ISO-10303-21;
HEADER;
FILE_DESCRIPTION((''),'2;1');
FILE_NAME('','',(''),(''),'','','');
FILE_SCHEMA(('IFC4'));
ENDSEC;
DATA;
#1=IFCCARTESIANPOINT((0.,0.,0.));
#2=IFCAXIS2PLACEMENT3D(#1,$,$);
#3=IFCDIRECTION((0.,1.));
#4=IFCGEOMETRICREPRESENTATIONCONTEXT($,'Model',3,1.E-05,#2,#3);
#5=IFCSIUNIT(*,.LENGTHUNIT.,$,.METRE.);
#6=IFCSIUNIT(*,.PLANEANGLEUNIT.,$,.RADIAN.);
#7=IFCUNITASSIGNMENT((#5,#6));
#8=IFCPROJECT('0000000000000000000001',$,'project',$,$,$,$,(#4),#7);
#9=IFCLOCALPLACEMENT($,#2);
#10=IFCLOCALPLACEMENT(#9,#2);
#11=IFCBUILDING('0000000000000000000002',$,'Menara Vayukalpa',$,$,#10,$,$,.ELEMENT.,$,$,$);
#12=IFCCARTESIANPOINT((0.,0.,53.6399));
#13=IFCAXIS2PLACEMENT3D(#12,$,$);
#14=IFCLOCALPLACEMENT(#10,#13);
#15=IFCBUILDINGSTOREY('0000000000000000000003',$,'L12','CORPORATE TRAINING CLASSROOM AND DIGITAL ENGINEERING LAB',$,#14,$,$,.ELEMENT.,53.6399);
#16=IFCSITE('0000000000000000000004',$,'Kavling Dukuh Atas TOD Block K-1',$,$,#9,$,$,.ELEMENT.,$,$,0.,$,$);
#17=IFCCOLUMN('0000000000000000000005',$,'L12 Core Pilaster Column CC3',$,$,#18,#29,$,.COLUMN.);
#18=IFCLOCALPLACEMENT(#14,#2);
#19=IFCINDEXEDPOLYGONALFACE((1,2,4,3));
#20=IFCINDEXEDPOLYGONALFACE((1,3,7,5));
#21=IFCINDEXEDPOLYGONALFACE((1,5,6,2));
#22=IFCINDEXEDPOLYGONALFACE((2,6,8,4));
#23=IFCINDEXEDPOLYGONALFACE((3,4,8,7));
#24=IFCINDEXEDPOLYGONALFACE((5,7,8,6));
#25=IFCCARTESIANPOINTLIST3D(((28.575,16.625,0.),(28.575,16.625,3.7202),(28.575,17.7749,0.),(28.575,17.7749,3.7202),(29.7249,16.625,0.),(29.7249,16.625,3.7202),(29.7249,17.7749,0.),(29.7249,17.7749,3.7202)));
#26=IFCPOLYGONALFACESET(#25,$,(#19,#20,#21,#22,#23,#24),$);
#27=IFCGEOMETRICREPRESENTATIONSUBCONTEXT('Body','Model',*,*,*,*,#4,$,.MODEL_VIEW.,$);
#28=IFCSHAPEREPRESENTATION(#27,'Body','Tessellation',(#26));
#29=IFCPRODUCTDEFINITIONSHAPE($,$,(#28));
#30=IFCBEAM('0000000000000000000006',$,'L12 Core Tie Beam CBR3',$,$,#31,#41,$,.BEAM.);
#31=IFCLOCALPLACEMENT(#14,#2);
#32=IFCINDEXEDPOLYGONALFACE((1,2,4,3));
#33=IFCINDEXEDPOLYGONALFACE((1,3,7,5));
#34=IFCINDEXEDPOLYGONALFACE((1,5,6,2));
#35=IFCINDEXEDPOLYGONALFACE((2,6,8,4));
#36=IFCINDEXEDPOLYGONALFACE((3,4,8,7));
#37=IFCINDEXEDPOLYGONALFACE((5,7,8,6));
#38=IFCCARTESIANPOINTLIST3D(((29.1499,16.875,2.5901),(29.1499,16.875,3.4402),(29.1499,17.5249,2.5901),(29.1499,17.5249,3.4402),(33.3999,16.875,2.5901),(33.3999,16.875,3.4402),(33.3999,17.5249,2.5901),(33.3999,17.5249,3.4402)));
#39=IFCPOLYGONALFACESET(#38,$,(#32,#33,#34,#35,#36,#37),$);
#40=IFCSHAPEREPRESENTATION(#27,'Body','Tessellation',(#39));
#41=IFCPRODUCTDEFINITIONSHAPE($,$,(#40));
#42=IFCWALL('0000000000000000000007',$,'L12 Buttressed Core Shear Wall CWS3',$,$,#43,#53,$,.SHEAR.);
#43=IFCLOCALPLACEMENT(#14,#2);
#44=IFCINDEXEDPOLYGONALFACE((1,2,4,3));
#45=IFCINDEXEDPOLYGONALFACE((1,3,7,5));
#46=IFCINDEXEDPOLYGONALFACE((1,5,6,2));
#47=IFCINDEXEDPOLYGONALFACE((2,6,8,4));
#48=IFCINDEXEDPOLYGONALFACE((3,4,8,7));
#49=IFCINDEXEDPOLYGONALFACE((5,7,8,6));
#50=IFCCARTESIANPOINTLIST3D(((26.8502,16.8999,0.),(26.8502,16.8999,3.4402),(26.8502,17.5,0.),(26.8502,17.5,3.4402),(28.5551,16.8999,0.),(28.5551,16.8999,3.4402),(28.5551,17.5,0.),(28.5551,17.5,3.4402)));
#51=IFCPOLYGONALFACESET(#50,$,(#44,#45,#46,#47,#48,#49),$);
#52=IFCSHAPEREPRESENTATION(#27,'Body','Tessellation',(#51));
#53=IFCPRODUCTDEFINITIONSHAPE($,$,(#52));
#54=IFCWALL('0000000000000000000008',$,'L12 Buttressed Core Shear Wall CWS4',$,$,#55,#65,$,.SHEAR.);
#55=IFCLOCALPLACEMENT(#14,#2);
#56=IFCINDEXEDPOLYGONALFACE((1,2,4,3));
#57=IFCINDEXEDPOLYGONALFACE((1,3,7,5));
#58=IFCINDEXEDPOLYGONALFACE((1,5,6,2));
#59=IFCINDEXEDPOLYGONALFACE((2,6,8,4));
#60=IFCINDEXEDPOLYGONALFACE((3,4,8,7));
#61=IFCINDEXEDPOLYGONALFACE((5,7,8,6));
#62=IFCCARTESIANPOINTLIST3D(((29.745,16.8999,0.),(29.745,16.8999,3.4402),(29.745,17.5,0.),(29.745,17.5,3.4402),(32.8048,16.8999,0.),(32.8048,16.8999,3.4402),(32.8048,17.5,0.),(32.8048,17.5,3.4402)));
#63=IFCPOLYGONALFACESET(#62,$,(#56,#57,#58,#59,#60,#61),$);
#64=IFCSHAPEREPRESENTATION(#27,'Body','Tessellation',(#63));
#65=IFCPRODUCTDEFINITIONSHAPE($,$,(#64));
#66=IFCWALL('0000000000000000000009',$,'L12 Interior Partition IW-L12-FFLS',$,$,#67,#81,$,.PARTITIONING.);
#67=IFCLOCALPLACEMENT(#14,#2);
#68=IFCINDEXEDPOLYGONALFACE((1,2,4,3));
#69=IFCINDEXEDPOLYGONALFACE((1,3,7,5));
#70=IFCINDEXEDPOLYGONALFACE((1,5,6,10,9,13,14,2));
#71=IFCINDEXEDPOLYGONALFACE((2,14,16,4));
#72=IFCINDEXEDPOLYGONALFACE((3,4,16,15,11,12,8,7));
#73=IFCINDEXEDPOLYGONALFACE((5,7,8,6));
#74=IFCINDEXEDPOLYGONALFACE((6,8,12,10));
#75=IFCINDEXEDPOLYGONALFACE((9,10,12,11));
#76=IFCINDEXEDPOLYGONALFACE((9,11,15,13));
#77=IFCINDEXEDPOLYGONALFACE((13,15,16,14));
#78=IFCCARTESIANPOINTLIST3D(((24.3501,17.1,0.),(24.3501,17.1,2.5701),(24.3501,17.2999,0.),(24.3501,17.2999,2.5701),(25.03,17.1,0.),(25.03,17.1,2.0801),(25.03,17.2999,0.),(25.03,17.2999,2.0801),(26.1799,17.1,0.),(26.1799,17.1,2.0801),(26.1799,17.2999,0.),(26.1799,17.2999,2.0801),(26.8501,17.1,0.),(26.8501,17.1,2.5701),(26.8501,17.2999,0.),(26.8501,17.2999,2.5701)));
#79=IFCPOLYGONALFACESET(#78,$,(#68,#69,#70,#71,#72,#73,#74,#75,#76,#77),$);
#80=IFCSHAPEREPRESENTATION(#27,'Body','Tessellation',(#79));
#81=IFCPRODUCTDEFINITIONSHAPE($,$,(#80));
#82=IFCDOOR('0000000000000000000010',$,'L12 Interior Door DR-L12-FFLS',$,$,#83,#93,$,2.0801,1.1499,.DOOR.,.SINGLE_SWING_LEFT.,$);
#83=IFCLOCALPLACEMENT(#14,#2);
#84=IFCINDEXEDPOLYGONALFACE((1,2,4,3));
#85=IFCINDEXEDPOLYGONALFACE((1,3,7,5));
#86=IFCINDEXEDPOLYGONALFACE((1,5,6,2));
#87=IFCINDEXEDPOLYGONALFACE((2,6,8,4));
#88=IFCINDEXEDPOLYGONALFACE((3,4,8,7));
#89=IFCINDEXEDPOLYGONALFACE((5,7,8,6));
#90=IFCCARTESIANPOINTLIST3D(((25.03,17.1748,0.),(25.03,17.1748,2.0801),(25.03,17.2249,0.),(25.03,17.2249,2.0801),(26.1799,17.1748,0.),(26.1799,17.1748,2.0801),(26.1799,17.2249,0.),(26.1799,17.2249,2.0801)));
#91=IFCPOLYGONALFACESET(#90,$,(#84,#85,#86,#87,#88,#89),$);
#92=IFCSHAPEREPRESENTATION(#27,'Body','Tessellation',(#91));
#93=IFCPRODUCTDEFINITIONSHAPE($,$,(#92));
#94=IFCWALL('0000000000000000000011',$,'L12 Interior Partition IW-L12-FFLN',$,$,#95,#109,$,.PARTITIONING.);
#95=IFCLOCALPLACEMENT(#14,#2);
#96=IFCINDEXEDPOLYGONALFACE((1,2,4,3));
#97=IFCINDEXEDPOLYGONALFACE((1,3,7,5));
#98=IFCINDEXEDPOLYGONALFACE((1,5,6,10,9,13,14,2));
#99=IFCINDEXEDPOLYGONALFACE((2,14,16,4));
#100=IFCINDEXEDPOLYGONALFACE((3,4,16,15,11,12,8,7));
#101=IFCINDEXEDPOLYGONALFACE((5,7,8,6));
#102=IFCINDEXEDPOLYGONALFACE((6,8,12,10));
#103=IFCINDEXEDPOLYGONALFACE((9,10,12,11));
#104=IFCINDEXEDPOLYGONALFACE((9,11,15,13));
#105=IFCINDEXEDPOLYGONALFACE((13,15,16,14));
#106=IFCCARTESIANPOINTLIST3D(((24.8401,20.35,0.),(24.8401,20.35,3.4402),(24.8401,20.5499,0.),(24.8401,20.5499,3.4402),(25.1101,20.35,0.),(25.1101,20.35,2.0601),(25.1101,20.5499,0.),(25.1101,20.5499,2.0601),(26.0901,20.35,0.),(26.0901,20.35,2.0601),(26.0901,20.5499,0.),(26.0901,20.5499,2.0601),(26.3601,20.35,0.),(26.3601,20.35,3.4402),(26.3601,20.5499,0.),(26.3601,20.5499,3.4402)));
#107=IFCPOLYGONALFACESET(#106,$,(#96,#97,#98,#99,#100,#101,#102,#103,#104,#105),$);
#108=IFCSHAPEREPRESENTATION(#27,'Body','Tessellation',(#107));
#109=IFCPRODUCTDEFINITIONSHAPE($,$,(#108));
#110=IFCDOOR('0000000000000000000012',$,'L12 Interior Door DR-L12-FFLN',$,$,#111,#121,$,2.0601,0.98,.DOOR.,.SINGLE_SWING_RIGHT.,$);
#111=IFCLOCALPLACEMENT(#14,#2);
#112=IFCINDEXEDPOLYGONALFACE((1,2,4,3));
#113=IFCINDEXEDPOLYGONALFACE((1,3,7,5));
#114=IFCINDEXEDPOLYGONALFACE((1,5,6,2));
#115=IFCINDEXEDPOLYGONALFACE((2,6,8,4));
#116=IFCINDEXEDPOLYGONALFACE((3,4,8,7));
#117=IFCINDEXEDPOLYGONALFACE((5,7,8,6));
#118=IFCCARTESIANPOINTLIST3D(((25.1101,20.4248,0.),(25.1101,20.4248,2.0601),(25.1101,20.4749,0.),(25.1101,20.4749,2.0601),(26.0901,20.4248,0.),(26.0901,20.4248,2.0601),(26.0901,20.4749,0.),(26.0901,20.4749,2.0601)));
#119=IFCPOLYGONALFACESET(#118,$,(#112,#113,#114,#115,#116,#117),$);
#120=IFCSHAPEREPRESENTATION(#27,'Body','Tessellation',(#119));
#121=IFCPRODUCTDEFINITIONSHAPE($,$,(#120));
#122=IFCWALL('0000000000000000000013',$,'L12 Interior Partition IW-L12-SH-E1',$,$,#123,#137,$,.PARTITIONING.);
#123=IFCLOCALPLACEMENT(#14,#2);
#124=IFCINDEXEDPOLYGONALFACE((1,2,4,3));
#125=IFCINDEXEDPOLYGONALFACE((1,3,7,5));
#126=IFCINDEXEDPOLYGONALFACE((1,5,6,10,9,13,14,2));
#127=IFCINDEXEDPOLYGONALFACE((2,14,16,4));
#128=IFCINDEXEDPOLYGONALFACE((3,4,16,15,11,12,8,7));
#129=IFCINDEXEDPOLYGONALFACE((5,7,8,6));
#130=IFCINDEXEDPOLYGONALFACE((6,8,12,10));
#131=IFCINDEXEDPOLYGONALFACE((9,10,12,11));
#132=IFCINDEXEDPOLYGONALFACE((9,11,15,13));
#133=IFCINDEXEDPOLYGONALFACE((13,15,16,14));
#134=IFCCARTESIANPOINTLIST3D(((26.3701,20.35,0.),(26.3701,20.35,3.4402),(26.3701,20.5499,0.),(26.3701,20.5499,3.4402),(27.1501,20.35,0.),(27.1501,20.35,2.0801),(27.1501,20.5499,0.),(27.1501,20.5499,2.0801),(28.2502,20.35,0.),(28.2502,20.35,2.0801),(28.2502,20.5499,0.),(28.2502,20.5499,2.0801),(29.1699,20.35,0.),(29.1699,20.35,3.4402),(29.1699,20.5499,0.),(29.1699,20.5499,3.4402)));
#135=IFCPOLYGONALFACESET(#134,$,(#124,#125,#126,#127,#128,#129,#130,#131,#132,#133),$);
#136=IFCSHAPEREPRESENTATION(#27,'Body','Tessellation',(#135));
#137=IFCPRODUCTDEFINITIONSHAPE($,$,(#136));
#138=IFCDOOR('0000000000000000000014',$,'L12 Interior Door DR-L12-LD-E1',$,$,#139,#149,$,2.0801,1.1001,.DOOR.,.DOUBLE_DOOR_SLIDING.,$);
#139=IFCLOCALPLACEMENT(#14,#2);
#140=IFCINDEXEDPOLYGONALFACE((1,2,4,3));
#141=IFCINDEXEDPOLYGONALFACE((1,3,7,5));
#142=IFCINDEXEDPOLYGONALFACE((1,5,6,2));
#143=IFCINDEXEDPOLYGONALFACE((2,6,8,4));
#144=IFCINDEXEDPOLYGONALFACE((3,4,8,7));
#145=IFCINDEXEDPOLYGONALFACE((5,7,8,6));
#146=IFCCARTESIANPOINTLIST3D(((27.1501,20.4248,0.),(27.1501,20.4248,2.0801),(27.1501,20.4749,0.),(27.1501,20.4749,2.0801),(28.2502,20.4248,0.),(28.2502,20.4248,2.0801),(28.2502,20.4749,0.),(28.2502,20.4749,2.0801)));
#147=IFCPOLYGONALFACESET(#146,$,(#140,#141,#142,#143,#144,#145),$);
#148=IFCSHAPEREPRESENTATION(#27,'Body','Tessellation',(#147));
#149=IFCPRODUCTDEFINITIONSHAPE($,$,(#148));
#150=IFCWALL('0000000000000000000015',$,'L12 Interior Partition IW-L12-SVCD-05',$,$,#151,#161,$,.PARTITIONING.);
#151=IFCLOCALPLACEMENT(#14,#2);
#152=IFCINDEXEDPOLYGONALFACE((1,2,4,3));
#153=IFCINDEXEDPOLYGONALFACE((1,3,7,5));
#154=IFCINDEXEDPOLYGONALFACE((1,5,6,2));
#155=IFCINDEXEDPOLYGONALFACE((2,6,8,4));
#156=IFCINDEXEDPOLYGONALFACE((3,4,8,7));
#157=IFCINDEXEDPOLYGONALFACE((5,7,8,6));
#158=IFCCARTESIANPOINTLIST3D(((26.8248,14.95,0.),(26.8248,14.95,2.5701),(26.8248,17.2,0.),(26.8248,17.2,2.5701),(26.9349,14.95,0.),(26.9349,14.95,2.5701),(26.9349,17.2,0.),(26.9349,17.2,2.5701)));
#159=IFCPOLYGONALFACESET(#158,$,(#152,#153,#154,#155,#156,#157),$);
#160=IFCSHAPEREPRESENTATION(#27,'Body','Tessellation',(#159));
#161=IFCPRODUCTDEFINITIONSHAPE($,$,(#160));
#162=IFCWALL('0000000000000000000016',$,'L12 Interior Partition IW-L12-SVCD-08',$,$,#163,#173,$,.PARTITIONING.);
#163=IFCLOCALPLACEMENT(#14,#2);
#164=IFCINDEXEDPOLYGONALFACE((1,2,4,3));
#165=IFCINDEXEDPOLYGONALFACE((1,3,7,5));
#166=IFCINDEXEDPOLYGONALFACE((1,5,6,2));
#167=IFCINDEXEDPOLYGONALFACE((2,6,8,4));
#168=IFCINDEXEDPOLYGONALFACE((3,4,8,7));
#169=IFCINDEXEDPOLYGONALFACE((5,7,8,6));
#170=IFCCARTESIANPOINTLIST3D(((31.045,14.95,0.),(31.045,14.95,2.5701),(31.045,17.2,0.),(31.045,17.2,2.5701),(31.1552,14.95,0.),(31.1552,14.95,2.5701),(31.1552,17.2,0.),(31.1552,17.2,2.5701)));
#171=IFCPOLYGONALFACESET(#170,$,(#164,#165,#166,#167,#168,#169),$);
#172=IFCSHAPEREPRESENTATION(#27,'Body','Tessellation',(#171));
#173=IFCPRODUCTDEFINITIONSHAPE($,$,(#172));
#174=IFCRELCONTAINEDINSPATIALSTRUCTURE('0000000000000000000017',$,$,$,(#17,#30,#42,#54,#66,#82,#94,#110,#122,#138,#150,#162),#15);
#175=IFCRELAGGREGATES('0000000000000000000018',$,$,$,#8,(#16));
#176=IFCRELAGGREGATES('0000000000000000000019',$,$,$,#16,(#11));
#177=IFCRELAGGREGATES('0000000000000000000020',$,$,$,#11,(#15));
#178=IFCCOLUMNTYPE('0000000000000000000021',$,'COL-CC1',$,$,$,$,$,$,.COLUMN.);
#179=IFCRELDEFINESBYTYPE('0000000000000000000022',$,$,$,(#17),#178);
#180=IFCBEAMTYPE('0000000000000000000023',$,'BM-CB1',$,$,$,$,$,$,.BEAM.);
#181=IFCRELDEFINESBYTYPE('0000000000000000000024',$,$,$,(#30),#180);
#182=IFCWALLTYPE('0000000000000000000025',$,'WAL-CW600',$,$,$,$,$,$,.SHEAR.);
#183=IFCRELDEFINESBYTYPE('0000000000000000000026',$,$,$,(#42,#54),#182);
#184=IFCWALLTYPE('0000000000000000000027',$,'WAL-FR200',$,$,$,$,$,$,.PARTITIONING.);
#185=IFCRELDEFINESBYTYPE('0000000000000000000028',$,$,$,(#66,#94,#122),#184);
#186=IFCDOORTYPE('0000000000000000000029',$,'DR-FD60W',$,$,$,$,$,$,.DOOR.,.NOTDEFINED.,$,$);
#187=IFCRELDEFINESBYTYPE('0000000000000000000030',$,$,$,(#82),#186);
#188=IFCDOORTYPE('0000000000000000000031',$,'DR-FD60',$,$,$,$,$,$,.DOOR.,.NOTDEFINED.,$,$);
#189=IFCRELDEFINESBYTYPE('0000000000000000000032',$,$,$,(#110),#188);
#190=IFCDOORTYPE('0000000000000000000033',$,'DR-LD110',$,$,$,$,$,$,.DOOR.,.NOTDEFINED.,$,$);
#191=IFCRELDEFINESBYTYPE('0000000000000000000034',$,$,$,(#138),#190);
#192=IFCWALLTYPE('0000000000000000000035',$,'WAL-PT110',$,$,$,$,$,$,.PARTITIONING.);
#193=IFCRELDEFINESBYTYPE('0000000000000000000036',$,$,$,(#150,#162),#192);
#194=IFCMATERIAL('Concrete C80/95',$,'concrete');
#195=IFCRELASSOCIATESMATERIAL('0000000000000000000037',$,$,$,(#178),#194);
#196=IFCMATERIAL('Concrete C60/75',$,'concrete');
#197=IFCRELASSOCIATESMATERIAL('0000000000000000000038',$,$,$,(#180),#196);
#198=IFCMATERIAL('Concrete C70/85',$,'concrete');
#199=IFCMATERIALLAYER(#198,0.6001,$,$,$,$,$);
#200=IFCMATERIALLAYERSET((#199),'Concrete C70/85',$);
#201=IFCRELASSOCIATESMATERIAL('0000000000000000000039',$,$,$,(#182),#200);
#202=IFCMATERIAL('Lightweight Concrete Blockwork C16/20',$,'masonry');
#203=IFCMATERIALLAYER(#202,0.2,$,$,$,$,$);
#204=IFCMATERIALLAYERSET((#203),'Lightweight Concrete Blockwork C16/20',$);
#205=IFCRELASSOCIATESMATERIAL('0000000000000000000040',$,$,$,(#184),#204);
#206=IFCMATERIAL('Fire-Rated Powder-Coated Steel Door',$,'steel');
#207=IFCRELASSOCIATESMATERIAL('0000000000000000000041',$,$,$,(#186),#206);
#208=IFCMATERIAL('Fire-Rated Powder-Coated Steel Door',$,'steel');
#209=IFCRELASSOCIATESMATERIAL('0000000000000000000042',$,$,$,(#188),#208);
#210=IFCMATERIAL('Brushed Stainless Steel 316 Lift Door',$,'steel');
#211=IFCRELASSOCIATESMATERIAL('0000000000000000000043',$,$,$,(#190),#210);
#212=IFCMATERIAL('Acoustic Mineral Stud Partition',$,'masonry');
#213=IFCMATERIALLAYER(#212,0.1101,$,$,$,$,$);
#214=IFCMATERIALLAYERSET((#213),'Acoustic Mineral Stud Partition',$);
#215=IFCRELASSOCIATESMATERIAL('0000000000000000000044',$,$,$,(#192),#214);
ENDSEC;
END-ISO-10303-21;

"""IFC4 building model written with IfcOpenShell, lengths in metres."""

from ifc_helpers import new_model, si_unit, direction, frame, frame_2d, origin, origin_2d, place, context, subcontext, project, spatial, rectangle, extrude, material, layer, layer_set, material_profile, profile_set, type_object, element, fill, save


model = new_model("IFC4")

# Units and contexts
model_context = context("Model", 3, precision=1e-05, world=origin(), true_north=direction((0.0, 1.0)))
body_context = subcontext(model_context, "Body", "Model", "MODEL_VIEW")
ifc_project = project(units=[si_unit("LENGTHUNIT", "METRE"), si_unit("PLANEANGLEUNIT", "RADIAN")], contexts=[model_context])

# Site, building, storey
site_placement = place(None, origin())
site = spatial("IfcSite", under=ifc_project, at=site_placement, Name="Kavling Dukuh Atas TOD Block K-1", CompositionType="ELEMENT", RefElevation=0.0)
building_placement = place(site_placement, origin())
building = spatial("IfcBuilding", under=site, at=building_placement, Name="Menara Vayukalpa", CompositionType="ELEMENT")
storey_placement = place(building_placement, frame((0.0, 0.0, 53.6399)))
storey = spatial("IfcBuildingStorey", under=building, at=storey_placement, Name="L12", Description="CORPORATE TRAINING CLASSROOM AND DIGITAL ENGINEERING LAB", CompositionType="ELEMENT", Elevation=53.6399)

# Column
ifc_material_1 = material(Name="Concrete C80/95", Category="concrete")
ifc_material_profile_1 = material_profile(ifc_material_1, rectangle(XDim=1.1499, YDim=1.1499, at=origin_2d()), Name="RC 1150x1150")
ifc_profile_set_1 = profile_set([ifc_material_profile_1], Name="Concrete C80/95")
column_type = type_object("IfcColumnType", Name="COL-CC1", PredefinedType="COLUMN", material=ifc_profile_set_1)
column_placement = place(storey_placement, frame((29.1499, 17.2, 0.0), z_axis=(0.0, 0.0, 1.0), x_axis=(1.0, 0.0, 0.0)))
element("IfcColumn", 1, at=column_placement, inside=storey, type_object=column_type, Name="L12 Core Pilaster Column CC3", PredefinedType="COLUMN", context=body_context, shape_type="SweptSolid", body=[
    extrude(rectangle(XDim=1.1499, YDim=1.1499, at=origin_2d()), origin(), (0.0, 0.0, 1.0), 3.7202),
])

# Beam
ifc_material_2 = material(Name="Concrete C60/75", Category="concrete")
ifc_material_profile_2 = material_profile(ifc_material_2, rectangle(XDim=0.6499, YDim=0.8501, at=origin_2d()), Name="RC 650x850")
ifc_profile_set_2 = profile_set([ifc_material_profile_2], Name="Concrete C60/75")
beam_type = type_object("IfcBeamType", Name="BM-CB1", PredefinedType="BEAM", material=ifc_profile_set_2)
beam_placement = place(storey_placement, frame((29.1499, 17.2, 3.0151), z_axis=(1.0, 0.0, 0.0), x_axis=(0.0, 1.0, 0.0)))
element("IfcBeam", 2, at=beam_placement, inside=storey, type_object=beam_type, Name="L12 Core Tie Beam CBR3", PredefinedType="BEAM", context=body_context, shape_type="SweptSolid", body=[
    extrude(rectangle(XDim=0.6499, YDim=0.8501, at=origin_2d()), origin(), (0.0, 0.0, 1.0), 4.25),
])

# Walls
ifc_material_3 = material(Name="Concrete C70/85", Category="concrete")
ifc_layer_1 = layer(ifc_material_3, 0.6001)
ifc_layer_set_1 = layer_set([ifc_layer_1], Name="Concrete C70/85")
wall_type_1 = type_object("IfcWallType", Name="WAL-CW600", PredefinedType="SHEAR", material=ifc_layer_set_1)
wall_1_placement = place(storey_placement, frame((26.8501, 17.2, 0.0), z_axis=(0.0, 0.0, 1.0), x_axis=(1.0, 0.0, 0.0)))
element("IfcWall", 3, at=wall_1_placement, inside=storey, type_object=wall_type_1, Name="L12 Buttressed Core Shear Wall CWS3", PredefinedType="SHEAR", context=body_context, shape_type="SweptSolid", body=[
    extrude(rectangle(XDim=1.7048, YDim=0.6001, at=frame_2d((0.8525, 0.0))), origin(), (0.0, 0.0, 1.0), 3.4402),
])
wall_2_placement = place(storey_placement, frame((29.7451, 17.2, 0.0), z_axis=(0.0, 0.0, 1.0), x_axis=(1.0, 0.0, 0.0)))
element("IfcWall", 4, at=wall_2_placement, inside=storey, type_object=wall_type_1, Name="L12 Buttressed Core Shear Wall CWS4", PredefinedType="SHEAR", context=body_context, shape_type="SweptSolid", body=[
    extrude(rectangle(XDim=3.0598, YDim=0.6001, at=frame_2d((1.5298, 0.0))), origin(), (0.0, 0.0, 1.0), 3.4402),
])

# Walls, openings, doors
ifc_material_4 = material(Name="Lightweight Concrete Blockwork C16/20", Category="masonry")
ifc_layer_2 = layer(ifc_material_4, 0.2)
ifc_layer_set_2 = layer_set([ifc_layer_2], Name="Lightweight Concrete Blockwork C16/20")
wall_type_2 = type_object("IfcWallType", Name="WAL-FR200", PredefinedType="PARTITIONING", material=ifc_layer_set_2)
wall_3_placement = place(storey_placement, frame((24.3501, 17.2, 0.0), z_axis=(0.0, 0.0, 1.0), x_axis=(1.0, 0.0, 0.0)))
wall_3 = element("IfcWall", 5, at=wall_3_placement, inside=storey, type_object=wall_type_2, Name="L12 Interior Partition IW-L12-FFLS", PredefinedType="PARTITIONING", context=body_context, shape_type="SweptSolid", body=[
    extrude(rectangle(XDim=2.5, YDim=0.2, at=frame_2d((1.25, 0.0))), origin(), (0.0, 0.0, 1.0), 2.5701),
])
opening_1_placement = place(wall_3_placement, frame((0.6799, 0.0, 0.0)))
opening_1 = element("IfcOpeningElement", 6, at=opening_1_placement, cuts=wall_3, PredefinedType="OPENING", context=body_context, shape_type="SweptSolid", body=[
    extrude(rectangle(XDim=1.1499, YDim=2.0801, at=frame_2d((0.575, 1.04))), frame((0.0, 0.1099, 0.0), z_axis=(0.0, -1.0, 0.0), x_axis=(1.0, 0.0, 0.0)), (0.0, 0.0, 1.0), 0.22),
])
ifc_material_5 = material(Name="Fire-Rated Powder-Coated Steel Door", Category="steel")
door_type_1 = type_object("IfcDoorType", Name="DR-FD60W", OperationType="NOTDEFINED", PredefinedType="DOOR", material=ifc_material_5)
door_1_placement = place(opening_1_placement, origin())
door_1 = element("IfcDoor", 7, at=door_1_placement, inside=storey, type_object=door_type_1, Name="L12 Interior Door DR-L12-FFLS", OperationType="SINGLE_SWING_LEFT", OverallHeight=2.0801, OverallWidth=1.1499, PredefinedType="DOOR", context=body_context, shape_type="SweptSolid", body=[
    extrude(rectangle(XDim=1.1499, YDim=2.0801, at=frame_2d((0.575, 1.04))), frame((0.0, 0.0249, 0.0), z_axis=(0.0, -1.0, 0.0), x_axis=(1.0, 0.0, 0.0)), (0.0, 0.0, 1.0), 0.05),
])
fill(opening_1, door_1)
wall_4_placement = place(storey_placement, frame((24.8401, 20.45, 0.0), z_axis=(0.0, 0.0, 1.0), x_axis=(1.0, 0.0, 0.0)))
wall_4 = element("IfcWall", 8, at=wall_4_placement, inside=storey, type_object=wall_type_2, Name="L12 Interior Partition IW-L12-FFLN", PredefinedType="PARTITIONING", context=body_context, shape_type="SweptSolid", body=[
    extrude(rectangle(XDim=1.52, YDim=0.2, at=frame_2d((0.76, 0.0))), origin(), (0.0, 0.0, 1.0), 3.4402),
])
opening_2_placement = place(wall_4_placement, frame((0.27, 0.0, 0.0)))
opening_2 = element("IfcOpeningElement", 9, at=opening_2_placement, cuts=wall_4, PredefinedType="OPENING", context=body_context, shape_type="SweptSolid", body=[
    extrude(rectangle(XDim=0.98, YDim=2.0601, at=frame_2d((0.49, 1.03))), frame((0.0, 0.1099, 0.0), z_axis=(0.0, -1.0, 0.0), x_axis=(1.0, 0.0, 0.0)), (0.0, 0.0, 1.0), 0.22),
])
ifc_material_6 = material(Name="Fire-Rated Powder-Coated Steel Door", Category="steel")
door_type_2 = type_object("IfcDoorType", Name="DR-FD60", OperationType="NOTDEFINED", PredefinedType="DOOR", material=ifc_material_6)
door_2_placement = place(opening_2_placement, origin())
door_2 = element("IfcDoor", 10, at=door_2_placement, inside=storey, type_object=door_type_2, Name="L12 Interior Door DR-L12-FFLN", OperationType="SINGLE_SWING_RIGHT", OverallHeight=2.0601, OverallWidth=0.98, PredefinedType="DOOR", context=body_context, shape_type="SweptSolid", body=[
    extrude(rectangle(XDim=0.98, YDim=2.0601, at=frame_2d((0.49, 1.03))), frame((0.0, 0.0249, 0.0), z_axis=(0.0, -1.0, 0.0), x_axis=(1.0, 0.0, 0.0)), (0.0, 0.0, 1.0), 0.05),
])
fill(opening_2, door_2)
wall_5_placement = place(storey_placement, frame((26.3701, 20.45, 0.0), z_axis=(0.0, 0.0, 1.0), x_axis=(1.0, 0.0, 0.0)))
wall_5 = element("IfcWall", 11, at=wall_5_placement, inside=storey, type_object=wall_type_2, Name="L12 Interior Partition IW-L12-SH-E1", PredefinedType="PARTITIONING", context=body_context, shape_type="SweptSolid", body=[
    extrude(rectangle(XDim=2.7998, YDim=0.2, at=frame_2d((1.3999, 0.0))), origin(), (0.0, 0.0, 1.0), 3.4402),
])
opening_3_placement = place(wall_5_placement, frame((0.78, 0.0, 0.0)))
opening_3 = element("IfcOpeningElement", 12, at=opening_3_placement, cuts=wall_5, PredefinedType="OPENING", context=body_context, shape_type="SweptSolid", body=[
    extrude(rectangle(XDim=1.1001, YDim=2.0801, at=frame_2d((0.55, 1.04))), frame((0.0, 0.1099, 0.0), z_axis=(0.0, -1.0, 0.0), x_axis=(1.0, 0.0, 0.0)), (0.0, 0.0, 1.0), 0.22),
])
ifc_material_7 = material(Name="Brushed Stainless Steel 316 Lift Door", Category="steel")
door_type_3 = type_object("IfcDoorType", Name="DR-LD110", OperationType="NOTDEFINED", PredefinedType="DOOR", material=ifc_material_7)
door_3_placement = place(opening_3_placement, origin())
door_3 = element("IfcDoor", 13, at=door_3_placement, inside=storey, type_object=door_type_3, Name="L12 Interior Door DR-L12-LD-E1", OperationType="DOUBLE_DOOR_SLIDING", OverallHeight=2.0801, OverallWidth=1.1001, PredefinedType="DOOR", context=body_context, shape_type="SweptSolid", body=[
    extrude(rectangle(XDim=1.1001, YDim=2.0801, at=frame_2d((0.55, 1.04))), frame((0.0, 0.0249, 0.0), z_axis=(0.0, -1.0, 0.0), x_axis=(1.0, 0.0, 0.0)), (0.0, 0.0, 1.0), 0.05),
])
fill(opening_3, door_3)

# Walls
ifc_material_8 = material(Name="Acoustic Mineral Stud Partition", Category="masonry")
ifc_layer_3 = layer(ifc_material_8, 0.1101)
ifc_layer_set_3 = layer_set([ifc_layer_3], Name="Acoustic Mineral Stud Partition")
wall_type_3 = type_object("IfcWallType", Name="WAL-PT110", PredefinedType="PARTITIONING", material=ifc_layer_set_3)
for number, where, z_axis, x_axis, name in (
    (14, (26.8799, 14.95, 0.0), (0.0, 0.0, 1.0), (0.0, 1.0, 0.0), "L12 Interior Partition IW-L12-SVCD-05"),
    (15, (31.1001, 14.95, 0.0), (0.0, 0.0, 1.0), (0.0, 1.0, 0.0), "L12 Interior Partition IW-L12-SVCD-08"),
):
    element("IfcWall", number, at=place(storey_placement, frame(where, z_axis=z_axis, x_axis=x_axis)), inside=storey, type_object=wall_type_3, Name=name, PredefinedType="PARTITIONING", context=body_context, shape_type="SweptSolid", body=[
        extrude(rectangle(XDim=2.25, YDim=0.1101, at=frame_2d((1.125, 0.0))), origin(), (0.0, 0.0, 1.0), 2.5701),
    ])

save(model, "model.ifc")
